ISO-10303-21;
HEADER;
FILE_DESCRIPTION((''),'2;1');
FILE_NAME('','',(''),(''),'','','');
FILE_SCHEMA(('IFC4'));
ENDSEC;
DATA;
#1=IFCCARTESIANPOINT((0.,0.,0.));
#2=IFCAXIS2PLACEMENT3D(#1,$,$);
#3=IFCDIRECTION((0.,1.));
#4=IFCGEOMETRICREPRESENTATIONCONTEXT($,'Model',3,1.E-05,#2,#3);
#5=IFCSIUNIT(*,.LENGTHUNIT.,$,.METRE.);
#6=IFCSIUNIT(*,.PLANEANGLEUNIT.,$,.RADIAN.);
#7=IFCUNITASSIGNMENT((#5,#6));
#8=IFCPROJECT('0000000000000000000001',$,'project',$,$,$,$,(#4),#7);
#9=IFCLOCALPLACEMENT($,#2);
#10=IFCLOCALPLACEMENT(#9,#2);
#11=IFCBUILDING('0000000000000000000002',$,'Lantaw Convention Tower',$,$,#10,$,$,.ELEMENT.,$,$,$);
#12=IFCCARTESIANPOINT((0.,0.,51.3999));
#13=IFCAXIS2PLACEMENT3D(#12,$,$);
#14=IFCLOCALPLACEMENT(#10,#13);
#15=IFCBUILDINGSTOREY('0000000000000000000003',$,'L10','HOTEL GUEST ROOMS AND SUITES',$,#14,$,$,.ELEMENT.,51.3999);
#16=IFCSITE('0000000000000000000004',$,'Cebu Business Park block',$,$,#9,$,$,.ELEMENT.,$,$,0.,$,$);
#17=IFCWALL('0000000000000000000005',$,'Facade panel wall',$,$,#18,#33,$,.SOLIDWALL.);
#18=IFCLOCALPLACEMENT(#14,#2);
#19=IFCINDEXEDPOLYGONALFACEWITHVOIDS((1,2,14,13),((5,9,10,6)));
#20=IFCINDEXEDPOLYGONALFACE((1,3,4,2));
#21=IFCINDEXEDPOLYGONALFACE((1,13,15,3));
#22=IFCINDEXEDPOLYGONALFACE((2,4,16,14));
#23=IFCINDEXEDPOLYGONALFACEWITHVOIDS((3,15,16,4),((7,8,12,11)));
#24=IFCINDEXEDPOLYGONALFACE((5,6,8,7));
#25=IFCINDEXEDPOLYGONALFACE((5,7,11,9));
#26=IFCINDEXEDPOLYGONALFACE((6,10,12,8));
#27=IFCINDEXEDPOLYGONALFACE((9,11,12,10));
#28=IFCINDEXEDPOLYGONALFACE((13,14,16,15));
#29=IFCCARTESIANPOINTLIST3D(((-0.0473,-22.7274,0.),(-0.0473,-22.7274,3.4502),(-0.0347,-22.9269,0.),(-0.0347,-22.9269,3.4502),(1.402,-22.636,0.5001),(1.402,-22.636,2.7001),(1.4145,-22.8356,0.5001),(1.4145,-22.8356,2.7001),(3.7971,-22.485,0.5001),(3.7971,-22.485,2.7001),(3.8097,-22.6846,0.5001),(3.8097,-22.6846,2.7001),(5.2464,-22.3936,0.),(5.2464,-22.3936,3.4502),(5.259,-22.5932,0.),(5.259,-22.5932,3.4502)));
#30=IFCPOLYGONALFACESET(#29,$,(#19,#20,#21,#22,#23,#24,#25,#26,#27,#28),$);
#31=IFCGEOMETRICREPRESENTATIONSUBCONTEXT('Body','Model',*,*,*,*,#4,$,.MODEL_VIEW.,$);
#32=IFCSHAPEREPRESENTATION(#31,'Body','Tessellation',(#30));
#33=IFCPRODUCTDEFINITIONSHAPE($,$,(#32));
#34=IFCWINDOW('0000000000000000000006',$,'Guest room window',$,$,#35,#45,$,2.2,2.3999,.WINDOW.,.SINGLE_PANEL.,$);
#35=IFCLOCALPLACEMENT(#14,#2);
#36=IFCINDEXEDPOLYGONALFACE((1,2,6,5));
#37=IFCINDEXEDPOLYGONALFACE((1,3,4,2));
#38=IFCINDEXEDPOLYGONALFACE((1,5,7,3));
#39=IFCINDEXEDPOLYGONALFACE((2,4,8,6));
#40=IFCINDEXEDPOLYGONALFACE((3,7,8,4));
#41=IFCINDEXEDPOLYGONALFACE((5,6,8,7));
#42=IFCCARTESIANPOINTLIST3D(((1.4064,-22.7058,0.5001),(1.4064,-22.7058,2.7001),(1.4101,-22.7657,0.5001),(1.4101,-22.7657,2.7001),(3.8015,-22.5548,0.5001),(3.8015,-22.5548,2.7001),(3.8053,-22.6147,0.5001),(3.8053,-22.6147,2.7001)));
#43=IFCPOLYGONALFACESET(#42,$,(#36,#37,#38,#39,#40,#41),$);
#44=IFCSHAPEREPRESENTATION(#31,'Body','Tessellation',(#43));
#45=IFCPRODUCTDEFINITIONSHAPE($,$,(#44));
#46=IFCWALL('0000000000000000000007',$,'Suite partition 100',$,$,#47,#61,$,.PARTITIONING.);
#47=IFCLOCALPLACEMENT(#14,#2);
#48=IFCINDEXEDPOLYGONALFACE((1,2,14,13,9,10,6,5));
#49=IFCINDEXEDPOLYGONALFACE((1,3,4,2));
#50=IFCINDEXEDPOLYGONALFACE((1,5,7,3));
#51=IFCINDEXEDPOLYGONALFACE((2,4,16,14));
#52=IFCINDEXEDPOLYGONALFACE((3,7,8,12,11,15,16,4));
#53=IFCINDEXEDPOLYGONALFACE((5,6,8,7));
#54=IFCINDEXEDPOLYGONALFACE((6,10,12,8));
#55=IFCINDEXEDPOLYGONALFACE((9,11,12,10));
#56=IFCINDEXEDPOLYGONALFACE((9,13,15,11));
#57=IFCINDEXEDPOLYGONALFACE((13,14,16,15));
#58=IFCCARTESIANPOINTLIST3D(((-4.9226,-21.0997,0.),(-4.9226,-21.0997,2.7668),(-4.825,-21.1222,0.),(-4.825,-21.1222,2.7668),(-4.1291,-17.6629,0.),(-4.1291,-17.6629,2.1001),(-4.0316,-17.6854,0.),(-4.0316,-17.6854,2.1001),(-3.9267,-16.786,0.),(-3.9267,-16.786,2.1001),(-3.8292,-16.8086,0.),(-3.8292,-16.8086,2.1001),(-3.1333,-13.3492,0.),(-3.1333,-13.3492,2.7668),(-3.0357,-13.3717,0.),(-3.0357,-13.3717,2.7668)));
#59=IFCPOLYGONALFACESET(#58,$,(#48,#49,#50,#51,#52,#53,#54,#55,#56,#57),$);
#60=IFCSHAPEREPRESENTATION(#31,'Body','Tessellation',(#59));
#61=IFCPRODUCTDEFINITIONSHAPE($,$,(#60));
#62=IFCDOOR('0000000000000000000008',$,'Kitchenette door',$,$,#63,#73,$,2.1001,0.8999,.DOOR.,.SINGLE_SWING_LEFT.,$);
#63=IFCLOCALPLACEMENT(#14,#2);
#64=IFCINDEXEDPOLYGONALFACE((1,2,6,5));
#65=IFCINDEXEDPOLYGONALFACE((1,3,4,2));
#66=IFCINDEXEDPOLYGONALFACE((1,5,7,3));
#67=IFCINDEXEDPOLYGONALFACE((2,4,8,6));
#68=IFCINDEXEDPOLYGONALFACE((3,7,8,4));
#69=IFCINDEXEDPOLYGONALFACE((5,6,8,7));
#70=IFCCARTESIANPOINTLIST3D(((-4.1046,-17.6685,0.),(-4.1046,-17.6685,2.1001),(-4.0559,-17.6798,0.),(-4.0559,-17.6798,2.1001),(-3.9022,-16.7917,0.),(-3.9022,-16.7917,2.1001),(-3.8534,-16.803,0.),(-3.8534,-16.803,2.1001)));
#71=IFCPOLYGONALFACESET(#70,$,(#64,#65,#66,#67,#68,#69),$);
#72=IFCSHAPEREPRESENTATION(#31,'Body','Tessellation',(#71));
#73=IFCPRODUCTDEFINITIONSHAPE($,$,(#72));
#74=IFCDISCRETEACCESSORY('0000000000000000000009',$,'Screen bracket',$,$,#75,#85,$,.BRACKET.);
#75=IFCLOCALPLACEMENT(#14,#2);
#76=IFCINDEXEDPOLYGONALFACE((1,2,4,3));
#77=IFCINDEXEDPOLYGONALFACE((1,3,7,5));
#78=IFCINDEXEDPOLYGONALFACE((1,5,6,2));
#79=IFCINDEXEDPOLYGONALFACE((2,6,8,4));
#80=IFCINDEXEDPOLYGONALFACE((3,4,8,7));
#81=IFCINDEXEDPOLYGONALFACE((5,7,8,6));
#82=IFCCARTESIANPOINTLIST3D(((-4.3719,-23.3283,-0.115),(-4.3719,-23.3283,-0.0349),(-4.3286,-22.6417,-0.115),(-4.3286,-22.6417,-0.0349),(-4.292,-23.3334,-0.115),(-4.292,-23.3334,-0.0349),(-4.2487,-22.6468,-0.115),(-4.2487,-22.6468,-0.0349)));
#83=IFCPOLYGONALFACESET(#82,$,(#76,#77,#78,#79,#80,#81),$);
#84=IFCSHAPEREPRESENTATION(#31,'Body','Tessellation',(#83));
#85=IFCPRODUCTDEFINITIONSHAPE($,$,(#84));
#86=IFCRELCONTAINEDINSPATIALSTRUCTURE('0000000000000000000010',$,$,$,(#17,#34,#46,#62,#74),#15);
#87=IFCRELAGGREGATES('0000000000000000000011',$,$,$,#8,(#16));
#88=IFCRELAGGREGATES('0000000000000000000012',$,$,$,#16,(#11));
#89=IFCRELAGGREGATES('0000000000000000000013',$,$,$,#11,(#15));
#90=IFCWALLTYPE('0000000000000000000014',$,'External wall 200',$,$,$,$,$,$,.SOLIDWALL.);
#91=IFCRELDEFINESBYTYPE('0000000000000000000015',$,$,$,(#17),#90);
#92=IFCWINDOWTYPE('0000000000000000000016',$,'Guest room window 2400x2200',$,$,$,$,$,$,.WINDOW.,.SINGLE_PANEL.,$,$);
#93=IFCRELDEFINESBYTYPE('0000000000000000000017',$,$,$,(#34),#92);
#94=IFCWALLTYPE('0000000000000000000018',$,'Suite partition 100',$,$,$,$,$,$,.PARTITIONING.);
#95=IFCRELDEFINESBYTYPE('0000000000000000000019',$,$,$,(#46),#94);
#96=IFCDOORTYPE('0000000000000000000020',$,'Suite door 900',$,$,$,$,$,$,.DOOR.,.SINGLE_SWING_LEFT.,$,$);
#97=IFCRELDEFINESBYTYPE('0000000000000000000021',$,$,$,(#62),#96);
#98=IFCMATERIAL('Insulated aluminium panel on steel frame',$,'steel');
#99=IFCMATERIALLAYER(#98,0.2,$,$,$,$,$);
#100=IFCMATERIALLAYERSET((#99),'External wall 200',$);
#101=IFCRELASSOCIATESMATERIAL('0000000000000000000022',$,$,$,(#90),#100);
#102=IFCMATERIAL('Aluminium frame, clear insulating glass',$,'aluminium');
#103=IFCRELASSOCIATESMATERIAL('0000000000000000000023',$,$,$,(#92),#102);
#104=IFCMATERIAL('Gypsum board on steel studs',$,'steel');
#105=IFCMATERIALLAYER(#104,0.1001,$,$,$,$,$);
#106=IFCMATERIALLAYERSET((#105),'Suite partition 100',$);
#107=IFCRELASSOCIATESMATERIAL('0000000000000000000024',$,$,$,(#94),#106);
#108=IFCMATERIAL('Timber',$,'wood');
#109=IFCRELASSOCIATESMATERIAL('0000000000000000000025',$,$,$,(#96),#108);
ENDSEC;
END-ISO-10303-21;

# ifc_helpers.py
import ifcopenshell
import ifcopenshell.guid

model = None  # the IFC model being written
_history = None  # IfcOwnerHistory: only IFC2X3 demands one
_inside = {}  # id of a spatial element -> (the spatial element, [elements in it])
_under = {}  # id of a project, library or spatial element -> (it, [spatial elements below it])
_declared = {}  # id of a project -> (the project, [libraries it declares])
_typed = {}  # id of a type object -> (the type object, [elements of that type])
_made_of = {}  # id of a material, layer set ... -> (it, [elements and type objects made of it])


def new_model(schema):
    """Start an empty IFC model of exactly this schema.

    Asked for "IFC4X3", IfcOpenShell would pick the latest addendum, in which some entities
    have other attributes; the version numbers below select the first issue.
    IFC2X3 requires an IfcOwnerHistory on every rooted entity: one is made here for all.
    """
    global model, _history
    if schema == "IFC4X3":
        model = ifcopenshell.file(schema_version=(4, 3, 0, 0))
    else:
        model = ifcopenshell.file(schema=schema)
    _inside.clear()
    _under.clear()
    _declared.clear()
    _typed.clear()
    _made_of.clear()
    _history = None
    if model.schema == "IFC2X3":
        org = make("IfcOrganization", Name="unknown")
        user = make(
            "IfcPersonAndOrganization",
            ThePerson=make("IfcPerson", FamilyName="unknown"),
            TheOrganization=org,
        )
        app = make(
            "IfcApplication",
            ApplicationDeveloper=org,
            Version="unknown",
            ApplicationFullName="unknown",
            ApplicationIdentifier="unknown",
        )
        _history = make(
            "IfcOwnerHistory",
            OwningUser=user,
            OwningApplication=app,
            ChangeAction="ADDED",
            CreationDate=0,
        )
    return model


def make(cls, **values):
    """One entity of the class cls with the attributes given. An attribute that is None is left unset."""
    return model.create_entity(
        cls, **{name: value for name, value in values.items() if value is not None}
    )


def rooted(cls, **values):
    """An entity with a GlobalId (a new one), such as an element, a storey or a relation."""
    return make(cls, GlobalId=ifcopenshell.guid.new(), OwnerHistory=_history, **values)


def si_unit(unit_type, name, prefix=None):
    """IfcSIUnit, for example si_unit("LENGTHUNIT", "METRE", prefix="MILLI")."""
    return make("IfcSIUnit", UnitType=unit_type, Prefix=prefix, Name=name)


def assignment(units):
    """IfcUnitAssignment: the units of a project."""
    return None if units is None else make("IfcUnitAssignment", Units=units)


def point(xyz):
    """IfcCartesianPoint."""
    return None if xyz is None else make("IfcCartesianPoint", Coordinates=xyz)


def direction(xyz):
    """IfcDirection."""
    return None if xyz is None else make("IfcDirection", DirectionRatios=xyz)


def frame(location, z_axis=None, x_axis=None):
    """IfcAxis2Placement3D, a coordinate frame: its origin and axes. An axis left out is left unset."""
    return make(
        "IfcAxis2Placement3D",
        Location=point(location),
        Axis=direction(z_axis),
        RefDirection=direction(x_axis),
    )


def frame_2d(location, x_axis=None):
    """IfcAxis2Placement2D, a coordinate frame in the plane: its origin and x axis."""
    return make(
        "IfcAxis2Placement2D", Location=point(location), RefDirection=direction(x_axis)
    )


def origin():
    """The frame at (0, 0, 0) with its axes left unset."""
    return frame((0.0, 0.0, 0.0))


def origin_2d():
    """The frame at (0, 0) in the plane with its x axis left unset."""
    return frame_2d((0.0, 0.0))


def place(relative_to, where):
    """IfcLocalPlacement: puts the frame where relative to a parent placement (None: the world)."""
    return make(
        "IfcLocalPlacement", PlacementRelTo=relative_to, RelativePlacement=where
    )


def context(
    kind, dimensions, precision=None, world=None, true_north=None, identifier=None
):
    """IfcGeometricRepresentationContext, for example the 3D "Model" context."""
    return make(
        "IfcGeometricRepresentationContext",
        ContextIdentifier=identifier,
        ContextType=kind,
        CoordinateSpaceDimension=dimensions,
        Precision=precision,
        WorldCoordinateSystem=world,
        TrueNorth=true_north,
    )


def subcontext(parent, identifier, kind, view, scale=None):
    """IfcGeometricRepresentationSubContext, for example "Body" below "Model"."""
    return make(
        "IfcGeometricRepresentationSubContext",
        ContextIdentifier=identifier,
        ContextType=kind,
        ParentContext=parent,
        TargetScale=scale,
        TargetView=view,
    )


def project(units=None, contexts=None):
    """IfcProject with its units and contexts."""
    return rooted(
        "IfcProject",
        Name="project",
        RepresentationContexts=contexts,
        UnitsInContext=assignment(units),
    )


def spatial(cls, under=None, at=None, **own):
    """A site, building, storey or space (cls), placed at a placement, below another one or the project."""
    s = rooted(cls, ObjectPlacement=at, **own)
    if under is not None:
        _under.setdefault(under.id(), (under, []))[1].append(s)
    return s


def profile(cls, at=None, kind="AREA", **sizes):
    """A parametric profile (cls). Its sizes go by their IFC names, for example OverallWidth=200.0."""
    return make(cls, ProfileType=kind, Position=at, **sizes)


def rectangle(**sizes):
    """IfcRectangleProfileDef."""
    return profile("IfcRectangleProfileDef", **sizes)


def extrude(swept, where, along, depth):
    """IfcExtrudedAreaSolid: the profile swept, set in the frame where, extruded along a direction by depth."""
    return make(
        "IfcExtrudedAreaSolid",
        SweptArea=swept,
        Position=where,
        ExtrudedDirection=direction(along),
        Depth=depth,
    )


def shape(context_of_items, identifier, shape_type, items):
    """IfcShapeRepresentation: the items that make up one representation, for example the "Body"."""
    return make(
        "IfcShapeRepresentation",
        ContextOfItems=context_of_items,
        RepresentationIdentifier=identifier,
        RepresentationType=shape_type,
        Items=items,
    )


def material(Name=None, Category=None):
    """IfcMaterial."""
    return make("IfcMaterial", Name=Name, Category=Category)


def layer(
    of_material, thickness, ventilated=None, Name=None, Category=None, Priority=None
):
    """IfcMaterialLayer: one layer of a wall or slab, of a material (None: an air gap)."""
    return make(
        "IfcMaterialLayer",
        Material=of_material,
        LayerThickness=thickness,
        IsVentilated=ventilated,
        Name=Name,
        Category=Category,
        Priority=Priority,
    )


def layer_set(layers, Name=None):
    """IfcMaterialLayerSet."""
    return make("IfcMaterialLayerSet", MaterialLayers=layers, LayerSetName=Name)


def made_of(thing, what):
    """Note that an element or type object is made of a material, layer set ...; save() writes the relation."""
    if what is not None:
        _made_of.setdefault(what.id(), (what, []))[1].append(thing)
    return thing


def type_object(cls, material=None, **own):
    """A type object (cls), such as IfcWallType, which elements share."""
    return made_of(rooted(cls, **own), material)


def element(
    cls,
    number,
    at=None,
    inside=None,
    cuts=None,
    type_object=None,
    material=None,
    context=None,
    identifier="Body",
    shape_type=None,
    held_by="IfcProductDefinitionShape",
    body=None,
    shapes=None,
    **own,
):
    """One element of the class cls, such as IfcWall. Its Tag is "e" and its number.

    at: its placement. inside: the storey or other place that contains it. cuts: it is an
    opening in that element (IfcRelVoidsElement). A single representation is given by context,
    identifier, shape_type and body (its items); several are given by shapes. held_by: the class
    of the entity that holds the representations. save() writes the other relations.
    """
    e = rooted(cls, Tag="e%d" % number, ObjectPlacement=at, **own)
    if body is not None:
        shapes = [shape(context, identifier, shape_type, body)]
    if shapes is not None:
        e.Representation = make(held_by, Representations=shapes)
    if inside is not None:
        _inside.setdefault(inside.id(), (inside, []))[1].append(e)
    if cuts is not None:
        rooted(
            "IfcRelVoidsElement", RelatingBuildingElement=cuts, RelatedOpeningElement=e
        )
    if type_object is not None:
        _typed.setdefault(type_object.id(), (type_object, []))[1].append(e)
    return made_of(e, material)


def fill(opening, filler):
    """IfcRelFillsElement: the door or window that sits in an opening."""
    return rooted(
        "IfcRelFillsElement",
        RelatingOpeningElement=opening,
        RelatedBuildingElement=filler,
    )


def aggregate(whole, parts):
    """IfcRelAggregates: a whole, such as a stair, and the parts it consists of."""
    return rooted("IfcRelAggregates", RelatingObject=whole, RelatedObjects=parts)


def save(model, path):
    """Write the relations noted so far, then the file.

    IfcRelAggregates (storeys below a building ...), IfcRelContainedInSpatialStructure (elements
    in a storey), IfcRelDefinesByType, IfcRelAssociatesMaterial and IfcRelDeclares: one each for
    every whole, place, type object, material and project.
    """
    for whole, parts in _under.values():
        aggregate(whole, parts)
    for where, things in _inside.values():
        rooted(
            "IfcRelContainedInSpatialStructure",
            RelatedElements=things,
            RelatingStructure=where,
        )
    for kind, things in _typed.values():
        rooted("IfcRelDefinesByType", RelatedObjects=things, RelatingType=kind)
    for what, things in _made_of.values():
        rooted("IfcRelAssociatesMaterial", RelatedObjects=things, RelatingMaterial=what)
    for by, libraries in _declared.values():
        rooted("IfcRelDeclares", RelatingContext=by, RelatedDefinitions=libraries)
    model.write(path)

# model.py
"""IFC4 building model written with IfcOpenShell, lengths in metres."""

from ifc_helpers import new_model, si_unit, direction, frame, frame_2d, origin, origin_2d, place, context, subcontext, project, spatial, rectangle, extrude, material, layer, layer_set, type_object, element, fill, save


model = new_model("IFC4")

# Units and contexts
model_context = context("Model", 3, precision=1e-05, world=origin(), true_north=direction((0.0, 1.0)))
body_context = subcontext(model_context, "Body", "Model", "MODEL_VIEW")
ifc_project = project(units=[si_unit("LENGTHUNIT", "METRE"), si_unit("PLANEANGLEUNIT", "RADIAN")], contexts=[model_context])

# Site, building, storey
site_placement = place(None, origin())
site = spatial("IfcSite", under=ifc_project, at=site_placement, Name="Cebu Business Park block", CompositionType="ELEMENT", RefElevation=0.0)
building_placement = place(site_placement, origin())
building = spatial("IfcBuilding", under=site, at=building_placement, Name="Lantaw Convention Tower", CompositionType="ELEMENT")
storey_placement = place(building_placement, frame((0.0, 0.0, 51.3999)))
storey = spatial("IfcBuildingStorey", under=building, at=storey_placement, Name="L10", Description="HOTEL GUEST ROOMS AND SUITES", CompositionType="ELEMENT", Elevation=51.3999)

# Wall, opening, window
ifc_material_1 = material(Name="Insulated aluminium panel on steel frame", Category="steel")
ifc_layer_1 = layer(ifc_material_1, 0.2)
ifc_layer_set_1 = layer_set([ifc_layer_1], Name="External wall 200")
wall_type_1 = type_object("IfcWallType", Name="External wall 200", PredefinedType="SOLIDWALL", material=ifc_layer_set_1)
ifc_material_2 = material(Name="Aluminium frame, clear insulating glass", Category="aluminium")
window_type = type_object("IfcWindowType", Name="Guest room window 2400x2200", PartitioningType="SINGLE_PANEL", PredefinedType="WINDOW", material=ifc_material_2)
wall_1_placement = place(storey_placement, frame((-0.041, -22.8271, 0.0), z_axis=(0.0, 0.0, 1.0), x_axis=(0.998019, 0.06292, 0.0)))
wall_1 = element("IfcWall", 1, at=wall_1_placement, inside=storey, type_object=wall_type_1, Name="Facade panel wall", PredefinedType="SOLIDWALL", context=body_context, shape_type="SweptSolid", body=[
    extrude(rectangle(XDim=5.3042, YDim=0.2, at=frame_2d((2.6521, 0.0))), origin(), (0.0, 0.0, 1.0), 3.4502),
])
opening_1_placement = place(wall_1_placement, frame((1.4521, 0.0, 0.5)))
opening_1 = element("IfcOpeningElement", 2, at=opening_1_placement, cuts=wall_1, PredefinedType="OPENING", context=body_context, shape_type="SweptSolid", body=[
    extrude(rectangle(XDim=2.3999, YDim=2.2, at=frame_2d((1.2, 1.1001))), frame((0.0, 0.1099, 0.0), z_axis=(0.0, -1.0, 0.0), x_axis=(1.0, 0.0, 0.0)), (0.0, 0.0, 1.0), 0.22),
])
window_1_placement = place(opening_1_placement, origin())
window_1 = element("IfcWindow", 3, at=window_1_placement, inside=storey, type_object=window_type, Name="Guest room window", OverallHeight=2.2, OverallWidth=2.3999, PartitioningType="SINGLE_PANEL", PredefinedType="WINDOW", context=body_context, shape_type="SweptSolid", body=[
    extrude(rectangle(XDim=2.3999, YDim=2.2, at=frame_2d((1.2, 1.1001))), frame((0.0, 0.03, 0.0), z_axis=(0.0, -1.0, 0.0), x_axis=(1.0, 0.0, 0.0)), (0.0, 0.0, 1.0), 0.0601),
])
fill(opening_1, window_1)

# Wall, opening, door
ifc_material_3 = material(Name="Gypsum board on steel studs", Category="steel")
ifc_layer_2 = layer(ifc_material_3, 0.1001)
ifc_layer_set_2 = layer_set([ifc_layer_2], Name="Suite partition 100")
wall_type_2 = type_object("IfcWallType", Name="Suite partition 100", PredefinedType="PARTITIONING", material=ifc_layer_set_2)
wall_2_placement = place(storey_placement, frame((-4.8738, -21.1108, 0.0), z_axis=(0.0, 0.0, 1.0), x_axis=(0.224947, 0.974371, 0.0)))
wall_2 = element("IfcWall", 4, at=wall_2_placement, inside=storey, type_object=wall_type_2, Name="Suite partition 100", PredefinedType="PARTITIONING", context=body_context, shape_type="SweptSolid", body=[
    extrude(rectangle(XDim=7.9543, YDim=0.1001, at=frame_2d((3.9771, 0.0))), origin(), (0.0, 0.0, 1.0), 2.7668),
])
opening_2_placement = place(wall_2_placement, frame((3.5271, 0.0, 0.0)))
opening_2 = element("IfcOpeningElement", 5, at=opening_2_placement, cuts=wall_2, PredefinedType="OPENING", context=body_context, shape_type="SweptSolid", body=[
    extrude(rectangle(XDim=0.8999, YDim=2.1001, at=frame_2d((0.45, 1.05))), frame((0.0, 0.0601, 0.0), z_axis=(0.0, -1.0, 0.0), x_axis=(1.0, 0.0, 0.0)), (0.0, 0.0, 1.0), 0.1201),
])
ifc_material_4 = material(Name="Timber", Category="wood")
door_type = type_object("IfcDoorType", Name="Suite door 900", OperationType="SINGLE_SWING_LEFT", PredefinedType="DOOR", material=ifc_material_4)
door_placement = place(opening_2_placement, origin())
door = element("IfcDoor", 6, at=door_placement, inside=storey, type_object=door_type, Name="Kitchenette door", OperationType="SINGLE_SWING_LEFT", OverallHeight=2.1001, OverallWidth=0.8999, PredefinedType="DOOR", context=body_context, shape_type="SweptSolid", body=[
    extrude(rectangle(XDim=0.8999, YDim=2.1001, at=frame_2d((0.45, 1.05))), frame((0.0, 0.0249, 0.0), z_axis=(0.0, -1.0, 0.0), x_axis=(1.0, 0.0, 0.0)), (0.0, 0.0, 1.0), 0.05),
])
fill(opening_2, door)

# Discrete accessory
discrete_accessory_placement = place(storey_placement, frame((-4.3103, -22.9875, -0.115), z_axis=(0.0, 0.0, 1.0), x_axis=(0.998016, -0.062958, 0.0)))
element("IfcDiscreteAccessory", 7, at=discrete_accessory_placement, inside=storey, Name="Screen bracket", PredefinedType="BRACKET", context=body_context, shape_type="SweptSolid", body=[
    extrude(rectangle(XDim=0.0801, YDim=0.688, at=origin_2d()), origin(), (0.0, 0.0, 1.0), 0.0801),
])

save(model, "model.ifc")
